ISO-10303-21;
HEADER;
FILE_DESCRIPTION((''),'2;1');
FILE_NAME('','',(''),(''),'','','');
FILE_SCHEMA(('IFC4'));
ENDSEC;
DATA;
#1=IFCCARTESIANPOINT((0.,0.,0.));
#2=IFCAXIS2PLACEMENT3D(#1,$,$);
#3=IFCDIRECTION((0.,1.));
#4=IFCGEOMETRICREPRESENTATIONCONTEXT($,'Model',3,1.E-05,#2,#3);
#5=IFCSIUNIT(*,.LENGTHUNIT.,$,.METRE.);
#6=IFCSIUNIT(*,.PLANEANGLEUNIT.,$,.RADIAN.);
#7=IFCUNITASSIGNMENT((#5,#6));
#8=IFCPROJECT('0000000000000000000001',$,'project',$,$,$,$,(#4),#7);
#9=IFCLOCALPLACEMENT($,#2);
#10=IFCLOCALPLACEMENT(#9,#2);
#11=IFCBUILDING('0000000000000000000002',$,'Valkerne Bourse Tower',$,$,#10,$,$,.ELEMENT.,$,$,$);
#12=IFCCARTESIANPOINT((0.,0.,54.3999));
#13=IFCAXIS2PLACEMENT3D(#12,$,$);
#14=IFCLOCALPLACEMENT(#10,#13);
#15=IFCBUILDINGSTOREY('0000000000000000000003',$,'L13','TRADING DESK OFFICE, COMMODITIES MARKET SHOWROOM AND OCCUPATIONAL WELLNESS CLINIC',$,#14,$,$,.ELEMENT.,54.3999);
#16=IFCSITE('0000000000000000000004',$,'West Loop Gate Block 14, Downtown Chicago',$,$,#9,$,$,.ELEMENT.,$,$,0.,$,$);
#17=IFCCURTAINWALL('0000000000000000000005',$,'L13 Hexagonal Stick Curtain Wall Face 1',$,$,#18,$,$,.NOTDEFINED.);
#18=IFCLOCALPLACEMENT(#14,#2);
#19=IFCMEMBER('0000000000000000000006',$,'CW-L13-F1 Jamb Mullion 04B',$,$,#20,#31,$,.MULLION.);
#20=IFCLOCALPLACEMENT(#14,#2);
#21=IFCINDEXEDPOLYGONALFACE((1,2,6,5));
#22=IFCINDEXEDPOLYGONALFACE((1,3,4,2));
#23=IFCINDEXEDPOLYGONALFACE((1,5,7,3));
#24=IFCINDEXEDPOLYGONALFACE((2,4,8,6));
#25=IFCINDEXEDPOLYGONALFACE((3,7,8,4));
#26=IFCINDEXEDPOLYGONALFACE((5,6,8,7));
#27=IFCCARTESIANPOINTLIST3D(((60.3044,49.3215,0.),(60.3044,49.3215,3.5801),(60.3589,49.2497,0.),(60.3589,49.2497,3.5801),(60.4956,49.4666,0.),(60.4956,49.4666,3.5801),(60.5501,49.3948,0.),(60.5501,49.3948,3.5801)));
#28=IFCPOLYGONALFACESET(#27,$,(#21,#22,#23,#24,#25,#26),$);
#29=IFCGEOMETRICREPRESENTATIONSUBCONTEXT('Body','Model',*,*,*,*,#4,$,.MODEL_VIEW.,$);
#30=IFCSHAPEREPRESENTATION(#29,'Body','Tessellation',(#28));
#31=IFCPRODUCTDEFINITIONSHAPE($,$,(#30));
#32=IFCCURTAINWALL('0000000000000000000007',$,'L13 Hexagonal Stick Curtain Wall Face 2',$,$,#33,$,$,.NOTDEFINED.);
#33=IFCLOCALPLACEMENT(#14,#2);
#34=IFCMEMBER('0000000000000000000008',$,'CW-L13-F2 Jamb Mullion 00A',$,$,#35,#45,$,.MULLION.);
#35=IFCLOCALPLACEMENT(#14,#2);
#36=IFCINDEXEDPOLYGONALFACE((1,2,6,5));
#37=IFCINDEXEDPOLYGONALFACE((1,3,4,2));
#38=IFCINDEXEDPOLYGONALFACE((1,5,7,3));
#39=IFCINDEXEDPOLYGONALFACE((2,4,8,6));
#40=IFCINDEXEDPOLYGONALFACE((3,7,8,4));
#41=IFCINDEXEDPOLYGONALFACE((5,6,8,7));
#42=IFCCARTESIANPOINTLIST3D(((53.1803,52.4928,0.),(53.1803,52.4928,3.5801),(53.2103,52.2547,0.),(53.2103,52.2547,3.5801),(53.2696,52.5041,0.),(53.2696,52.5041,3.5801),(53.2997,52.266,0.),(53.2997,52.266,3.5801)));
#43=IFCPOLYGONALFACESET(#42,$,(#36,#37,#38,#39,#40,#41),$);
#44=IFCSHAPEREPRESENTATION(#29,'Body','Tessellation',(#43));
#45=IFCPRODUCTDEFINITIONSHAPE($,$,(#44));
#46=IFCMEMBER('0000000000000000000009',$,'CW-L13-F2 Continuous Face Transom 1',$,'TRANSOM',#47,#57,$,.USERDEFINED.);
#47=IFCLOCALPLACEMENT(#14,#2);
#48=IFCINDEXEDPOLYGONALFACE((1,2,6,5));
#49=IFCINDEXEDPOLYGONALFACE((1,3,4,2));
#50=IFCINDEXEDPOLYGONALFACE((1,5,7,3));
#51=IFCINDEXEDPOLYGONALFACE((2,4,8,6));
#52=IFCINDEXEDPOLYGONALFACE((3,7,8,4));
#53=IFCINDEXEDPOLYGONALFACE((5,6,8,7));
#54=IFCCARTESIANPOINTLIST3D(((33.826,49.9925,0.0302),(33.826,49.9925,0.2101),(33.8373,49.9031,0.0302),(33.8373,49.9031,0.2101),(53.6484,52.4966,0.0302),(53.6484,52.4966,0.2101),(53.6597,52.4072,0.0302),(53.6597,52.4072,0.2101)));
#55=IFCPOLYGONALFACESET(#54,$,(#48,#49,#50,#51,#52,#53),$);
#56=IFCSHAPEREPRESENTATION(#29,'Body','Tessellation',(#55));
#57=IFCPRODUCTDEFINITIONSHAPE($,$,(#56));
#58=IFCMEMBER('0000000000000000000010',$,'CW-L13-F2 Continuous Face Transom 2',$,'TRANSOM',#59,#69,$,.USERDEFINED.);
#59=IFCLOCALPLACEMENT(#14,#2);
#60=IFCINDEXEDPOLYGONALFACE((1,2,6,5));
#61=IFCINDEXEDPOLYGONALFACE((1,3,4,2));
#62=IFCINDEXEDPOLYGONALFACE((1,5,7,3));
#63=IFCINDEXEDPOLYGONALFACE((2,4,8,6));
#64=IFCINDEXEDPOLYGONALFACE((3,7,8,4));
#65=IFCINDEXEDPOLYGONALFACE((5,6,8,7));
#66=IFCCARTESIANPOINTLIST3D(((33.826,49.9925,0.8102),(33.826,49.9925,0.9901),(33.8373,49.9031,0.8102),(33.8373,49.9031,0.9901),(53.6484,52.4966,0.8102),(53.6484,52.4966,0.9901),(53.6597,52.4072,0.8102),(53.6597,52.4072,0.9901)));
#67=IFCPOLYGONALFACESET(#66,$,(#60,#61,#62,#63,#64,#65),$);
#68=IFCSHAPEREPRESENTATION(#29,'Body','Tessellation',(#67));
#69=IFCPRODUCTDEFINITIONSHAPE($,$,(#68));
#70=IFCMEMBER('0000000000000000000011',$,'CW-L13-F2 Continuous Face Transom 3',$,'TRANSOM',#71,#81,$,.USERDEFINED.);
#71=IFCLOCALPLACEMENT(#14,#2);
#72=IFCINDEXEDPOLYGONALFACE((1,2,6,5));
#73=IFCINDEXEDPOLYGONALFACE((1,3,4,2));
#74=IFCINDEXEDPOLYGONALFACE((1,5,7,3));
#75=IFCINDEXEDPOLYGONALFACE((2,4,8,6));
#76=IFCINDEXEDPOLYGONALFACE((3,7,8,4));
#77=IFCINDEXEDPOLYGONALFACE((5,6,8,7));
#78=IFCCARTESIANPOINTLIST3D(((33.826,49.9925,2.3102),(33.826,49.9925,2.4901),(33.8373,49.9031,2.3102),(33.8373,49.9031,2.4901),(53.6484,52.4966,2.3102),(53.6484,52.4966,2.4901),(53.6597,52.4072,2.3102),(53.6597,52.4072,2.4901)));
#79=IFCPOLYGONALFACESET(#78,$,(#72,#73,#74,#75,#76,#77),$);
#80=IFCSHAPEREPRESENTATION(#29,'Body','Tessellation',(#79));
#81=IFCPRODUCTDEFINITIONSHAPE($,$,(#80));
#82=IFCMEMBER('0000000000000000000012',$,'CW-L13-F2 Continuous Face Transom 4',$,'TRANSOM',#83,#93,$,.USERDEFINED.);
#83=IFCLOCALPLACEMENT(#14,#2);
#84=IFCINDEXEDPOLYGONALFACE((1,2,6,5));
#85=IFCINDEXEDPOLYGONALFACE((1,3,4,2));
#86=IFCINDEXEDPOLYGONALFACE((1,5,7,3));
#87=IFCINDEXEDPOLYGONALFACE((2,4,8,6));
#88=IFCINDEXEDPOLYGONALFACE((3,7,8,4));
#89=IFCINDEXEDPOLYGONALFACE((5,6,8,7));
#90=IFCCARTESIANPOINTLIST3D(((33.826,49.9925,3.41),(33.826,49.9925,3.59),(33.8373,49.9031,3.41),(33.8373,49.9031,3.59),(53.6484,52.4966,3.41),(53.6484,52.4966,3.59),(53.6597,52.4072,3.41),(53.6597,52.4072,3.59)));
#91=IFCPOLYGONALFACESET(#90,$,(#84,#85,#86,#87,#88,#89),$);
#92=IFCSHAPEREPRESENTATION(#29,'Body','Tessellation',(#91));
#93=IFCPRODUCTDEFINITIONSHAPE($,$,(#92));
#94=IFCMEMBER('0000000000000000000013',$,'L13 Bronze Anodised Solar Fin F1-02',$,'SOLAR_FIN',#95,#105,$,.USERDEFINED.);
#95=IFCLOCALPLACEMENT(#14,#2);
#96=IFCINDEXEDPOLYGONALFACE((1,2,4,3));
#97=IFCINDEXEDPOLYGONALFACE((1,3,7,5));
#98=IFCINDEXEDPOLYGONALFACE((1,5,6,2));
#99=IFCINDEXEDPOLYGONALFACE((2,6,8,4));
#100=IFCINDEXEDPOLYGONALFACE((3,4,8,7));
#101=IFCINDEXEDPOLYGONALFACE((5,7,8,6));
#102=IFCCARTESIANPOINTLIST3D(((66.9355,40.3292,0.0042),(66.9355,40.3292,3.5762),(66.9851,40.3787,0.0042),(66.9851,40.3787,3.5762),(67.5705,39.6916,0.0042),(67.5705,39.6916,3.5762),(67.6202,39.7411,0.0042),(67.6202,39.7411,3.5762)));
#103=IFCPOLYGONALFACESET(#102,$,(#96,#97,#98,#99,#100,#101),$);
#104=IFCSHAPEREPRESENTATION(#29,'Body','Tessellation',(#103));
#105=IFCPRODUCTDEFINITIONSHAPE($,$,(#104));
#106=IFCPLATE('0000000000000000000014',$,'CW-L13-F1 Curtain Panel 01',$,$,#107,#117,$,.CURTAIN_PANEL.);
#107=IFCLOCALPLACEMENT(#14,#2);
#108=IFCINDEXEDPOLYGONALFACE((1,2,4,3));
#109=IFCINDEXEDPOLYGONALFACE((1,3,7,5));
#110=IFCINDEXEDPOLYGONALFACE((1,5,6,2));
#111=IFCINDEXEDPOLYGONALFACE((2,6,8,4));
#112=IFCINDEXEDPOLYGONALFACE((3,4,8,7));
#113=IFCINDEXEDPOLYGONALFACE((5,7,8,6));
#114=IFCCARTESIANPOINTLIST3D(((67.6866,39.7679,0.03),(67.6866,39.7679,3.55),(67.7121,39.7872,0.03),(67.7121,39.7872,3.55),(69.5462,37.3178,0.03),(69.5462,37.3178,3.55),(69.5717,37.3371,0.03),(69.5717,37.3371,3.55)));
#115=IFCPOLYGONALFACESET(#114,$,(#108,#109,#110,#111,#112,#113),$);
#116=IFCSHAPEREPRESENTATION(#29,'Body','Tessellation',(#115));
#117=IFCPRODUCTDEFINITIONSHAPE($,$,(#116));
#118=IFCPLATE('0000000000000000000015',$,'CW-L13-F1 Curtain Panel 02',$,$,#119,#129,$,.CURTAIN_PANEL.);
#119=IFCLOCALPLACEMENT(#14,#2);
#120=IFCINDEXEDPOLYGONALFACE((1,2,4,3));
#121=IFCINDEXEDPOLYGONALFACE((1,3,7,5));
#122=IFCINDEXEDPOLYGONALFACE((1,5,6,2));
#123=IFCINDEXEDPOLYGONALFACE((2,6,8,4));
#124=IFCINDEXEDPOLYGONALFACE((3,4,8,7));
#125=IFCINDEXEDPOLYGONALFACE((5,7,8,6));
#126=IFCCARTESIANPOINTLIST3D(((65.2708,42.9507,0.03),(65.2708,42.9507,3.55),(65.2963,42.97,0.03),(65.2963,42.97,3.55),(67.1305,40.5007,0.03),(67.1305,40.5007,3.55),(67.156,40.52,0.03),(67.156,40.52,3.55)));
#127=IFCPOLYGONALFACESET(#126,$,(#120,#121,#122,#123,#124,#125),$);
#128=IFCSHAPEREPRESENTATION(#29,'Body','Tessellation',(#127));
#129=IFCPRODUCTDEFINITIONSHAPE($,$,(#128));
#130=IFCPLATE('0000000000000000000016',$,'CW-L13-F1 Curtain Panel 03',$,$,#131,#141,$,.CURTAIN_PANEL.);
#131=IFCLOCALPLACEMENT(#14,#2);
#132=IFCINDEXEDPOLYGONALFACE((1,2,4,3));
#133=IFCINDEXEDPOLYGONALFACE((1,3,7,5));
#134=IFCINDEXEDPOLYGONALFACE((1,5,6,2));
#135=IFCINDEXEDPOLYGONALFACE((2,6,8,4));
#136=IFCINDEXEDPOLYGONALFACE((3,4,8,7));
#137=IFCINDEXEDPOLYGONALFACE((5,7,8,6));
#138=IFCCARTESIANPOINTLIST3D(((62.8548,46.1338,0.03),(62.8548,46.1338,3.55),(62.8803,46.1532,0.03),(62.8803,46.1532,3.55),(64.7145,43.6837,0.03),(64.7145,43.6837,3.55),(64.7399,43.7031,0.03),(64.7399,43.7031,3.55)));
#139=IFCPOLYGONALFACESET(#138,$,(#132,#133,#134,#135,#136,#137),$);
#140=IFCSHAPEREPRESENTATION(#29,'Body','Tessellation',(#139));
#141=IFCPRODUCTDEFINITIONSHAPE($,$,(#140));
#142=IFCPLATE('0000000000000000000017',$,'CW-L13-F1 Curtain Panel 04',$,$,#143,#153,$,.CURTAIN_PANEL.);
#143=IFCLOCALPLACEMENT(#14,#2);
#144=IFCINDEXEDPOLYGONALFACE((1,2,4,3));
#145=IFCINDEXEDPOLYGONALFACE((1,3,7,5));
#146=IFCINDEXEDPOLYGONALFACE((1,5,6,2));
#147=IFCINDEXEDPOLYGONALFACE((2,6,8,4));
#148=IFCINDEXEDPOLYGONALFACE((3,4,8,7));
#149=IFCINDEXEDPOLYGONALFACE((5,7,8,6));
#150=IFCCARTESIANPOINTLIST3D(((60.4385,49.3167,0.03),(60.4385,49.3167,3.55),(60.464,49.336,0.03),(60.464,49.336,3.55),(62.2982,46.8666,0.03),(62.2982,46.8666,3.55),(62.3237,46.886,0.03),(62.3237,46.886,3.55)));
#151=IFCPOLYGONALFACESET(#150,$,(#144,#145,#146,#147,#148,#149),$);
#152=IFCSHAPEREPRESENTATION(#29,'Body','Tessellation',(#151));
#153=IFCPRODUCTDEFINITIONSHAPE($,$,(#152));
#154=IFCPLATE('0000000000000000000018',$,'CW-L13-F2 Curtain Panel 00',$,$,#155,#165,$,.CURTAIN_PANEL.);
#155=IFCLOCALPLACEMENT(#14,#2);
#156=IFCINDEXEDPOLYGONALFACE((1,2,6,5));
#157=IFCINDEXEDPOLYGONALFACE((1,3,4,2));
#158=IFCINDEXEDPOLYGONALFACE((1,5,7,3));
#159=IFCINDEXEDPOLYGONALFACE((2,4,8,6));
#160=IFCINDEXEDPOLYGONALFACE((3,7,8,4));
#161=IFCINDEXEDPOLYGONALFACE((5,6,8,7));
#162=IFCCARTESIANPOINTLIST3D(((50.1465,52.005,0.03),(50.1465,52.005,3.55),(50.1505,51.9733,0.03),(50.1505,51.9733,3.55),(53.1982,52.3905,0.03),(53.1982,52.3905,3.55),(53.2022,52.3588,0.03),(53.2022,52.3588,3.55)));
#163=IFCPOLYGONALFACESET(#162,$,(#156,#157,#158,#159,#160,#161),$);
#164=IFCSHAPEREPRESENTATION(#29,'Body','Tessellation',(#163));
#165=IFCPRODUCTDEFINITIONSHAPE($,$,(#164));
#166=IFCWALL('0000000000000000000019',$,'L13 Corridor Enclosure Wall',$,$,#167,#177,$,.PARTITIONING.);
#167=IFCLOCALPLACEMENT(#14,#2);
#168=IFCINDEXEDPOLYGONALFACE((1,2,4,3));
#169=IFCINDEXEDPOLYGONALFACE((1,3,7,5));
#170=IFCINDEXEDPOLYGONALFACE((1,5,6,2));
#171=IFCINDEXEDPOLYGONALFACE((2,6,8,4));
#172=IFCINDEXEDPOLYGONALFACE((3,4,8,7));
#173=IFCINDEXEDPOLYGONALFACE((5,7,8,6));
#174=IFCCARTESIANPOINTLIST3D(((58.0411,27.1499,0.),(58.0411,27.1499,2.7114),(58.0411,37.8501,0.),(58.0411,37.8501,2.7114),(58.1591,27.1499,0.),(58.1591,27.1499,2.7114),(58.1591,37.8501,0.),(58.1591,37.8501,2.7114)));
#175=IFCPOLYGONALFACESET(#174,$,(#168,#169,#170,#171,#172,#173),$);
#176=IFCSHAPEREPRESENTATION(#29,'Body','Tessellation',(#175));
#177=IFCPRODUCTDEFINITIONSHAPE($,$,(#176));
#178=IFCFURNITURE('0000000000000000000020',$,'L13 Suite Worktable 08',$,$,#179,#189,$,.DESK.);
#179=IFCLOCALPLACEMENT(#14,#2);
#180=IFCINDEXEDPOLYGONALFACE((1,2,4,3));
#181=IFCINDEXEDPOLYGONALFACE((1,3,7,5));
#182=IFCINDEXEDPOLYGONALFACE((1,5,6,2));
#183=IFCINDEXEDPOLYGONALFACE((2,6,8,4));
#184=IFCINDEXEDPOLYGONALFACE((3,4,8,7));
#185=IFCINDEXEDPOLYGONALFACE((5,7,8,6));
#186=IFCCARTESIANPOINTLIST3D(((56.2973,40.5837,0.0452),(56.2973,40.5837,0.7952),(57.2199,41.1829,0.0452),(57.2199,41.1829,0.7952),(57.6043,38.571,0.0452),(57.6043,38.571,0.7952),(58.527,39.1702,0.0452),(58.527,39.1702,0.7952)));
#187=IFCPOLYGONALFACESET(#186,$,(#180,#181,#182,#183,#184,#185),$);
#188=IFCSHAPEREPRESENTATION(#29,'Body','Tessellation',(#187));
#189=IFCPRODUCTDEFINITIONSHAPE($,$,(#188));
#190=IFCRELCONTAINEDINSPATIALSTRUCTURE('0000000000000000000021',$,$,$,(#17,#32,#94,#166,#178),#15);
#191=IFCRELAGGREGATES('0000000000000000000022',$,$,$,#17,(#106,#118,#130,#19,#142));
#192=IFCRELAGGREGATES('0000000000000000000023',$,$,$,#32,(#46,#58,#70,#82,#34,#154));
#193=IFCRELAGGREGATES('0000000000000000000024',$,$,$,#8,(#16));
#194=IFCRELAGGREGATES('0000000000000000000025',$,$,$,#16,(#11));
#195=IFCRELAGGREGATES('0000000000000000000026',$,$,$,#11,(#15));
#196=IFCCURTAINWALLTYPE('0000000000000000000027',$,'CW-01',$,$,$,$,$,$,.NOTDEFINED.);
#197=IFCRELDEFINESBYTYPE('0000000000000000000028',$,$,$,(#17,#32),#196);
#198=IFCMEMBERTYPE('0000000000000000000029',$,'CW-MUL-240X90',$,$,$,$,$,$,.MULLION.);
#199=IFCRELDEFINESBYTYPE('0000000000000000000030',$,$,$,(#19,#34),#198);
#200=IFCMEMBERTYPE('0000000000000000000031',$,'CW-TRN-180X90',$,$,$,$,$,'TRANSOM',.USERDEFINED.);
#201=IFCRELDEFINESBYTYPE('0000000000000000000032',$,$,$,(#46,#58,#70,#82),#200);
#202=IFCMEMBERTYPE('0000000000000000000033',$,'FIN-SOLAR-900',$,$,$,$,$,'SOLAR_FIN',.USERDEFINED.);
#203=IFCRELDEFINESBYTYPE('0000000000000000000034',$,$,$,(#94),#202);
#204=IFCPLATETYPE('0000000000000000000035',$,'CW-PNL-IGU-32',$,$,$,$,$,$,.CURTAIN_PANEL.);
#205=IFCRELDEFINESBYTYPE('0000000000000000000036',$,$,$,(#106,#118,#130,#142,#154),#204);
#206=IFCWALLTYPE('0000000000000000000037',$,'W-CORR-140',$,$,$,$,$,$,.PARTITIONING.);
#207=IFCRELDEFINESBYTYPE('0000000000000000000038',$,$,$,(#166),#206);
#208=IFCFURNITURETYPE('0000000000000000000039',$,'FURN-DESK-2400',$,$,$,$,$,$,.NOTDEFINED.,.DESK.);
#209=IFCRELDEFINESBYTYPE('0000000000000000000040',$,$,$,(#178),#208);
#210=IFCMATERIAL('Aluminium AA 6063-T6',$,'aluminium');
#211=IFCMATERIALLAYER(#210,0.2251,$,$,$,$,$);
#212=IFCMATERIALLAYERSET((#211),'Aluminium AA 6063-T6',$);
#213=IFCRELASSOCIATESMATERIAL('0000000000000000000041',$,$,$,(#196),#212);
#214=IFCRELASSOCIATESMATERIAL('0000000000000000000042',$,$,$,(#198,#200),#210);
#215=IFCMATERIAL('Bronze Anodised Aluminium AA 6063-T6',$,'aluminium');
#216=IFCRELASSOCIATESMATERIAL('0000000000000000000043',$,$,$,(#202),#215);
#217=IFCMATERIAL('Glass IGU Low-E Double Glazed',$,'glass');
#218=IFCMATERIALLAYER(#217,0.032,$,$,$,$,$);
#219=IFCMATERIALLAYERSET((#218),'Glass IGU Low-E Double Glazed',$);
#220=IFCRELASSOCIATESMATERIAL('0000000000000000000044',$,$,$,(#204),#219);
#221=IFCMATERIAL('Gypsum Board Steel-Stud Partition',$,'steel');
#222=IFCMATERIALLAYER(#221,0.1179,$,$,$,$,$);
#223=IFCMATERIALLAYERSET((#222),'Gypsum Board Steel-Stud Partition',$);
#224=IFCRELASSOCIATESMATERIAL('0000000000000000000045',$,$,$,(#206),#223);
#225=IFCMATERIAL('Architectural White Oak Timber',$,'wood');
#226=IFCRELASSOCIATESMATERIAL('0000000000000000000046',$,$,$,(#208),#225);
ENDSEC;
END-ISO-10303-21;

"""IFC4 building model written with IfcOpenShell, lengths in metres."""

from ifc_helpers import new_model, si_unit, direction, frame, frame_2d, origin, origin_2d, place, context, subcontext, project, spatial, rectangle, extrude, material, layer, layer_set, material_profile, profile_set, type_object, element, aggregate, save


model = new_model("IFC4")

# Units and contexts
model_context = context("Model", 3, precision=1e-05, world=origin(), true_north=direction((0.0, 1.0)))
body_context = subcontext(model_context, "Body", "Model", "MODEL_VIEW")
ifc_project = project(units=[si_unit("LENGTHUNIT", "METRE"), si_unit("PLANEANGLEUNIT", "RADIAN")], contexts=[model_context])

# Site, building, storey
site_placement = place(None, origin())
site = spatial("IfcSite", under=ifc_project, at=site_placement, Name="West Loop Gate Block 14, Downtown Chicago", CompositionType="ELEMENT", RefElevation=0.0)
building_placement = place(site_placement, origin())
building = spatial("IfcBuilding", under=site, at=building_placement, Name="Valkerne Bourse Tower", CompositionType="ELEMENT")
storey_placement = place(building_placement, frame((0.0, 0.0, 54.3999)))
storey = spatial("IfcBuildingStorey", under=building, at=storey_placement, Name="L13", Description="TRADING DESK OFFICE, COMMODITIES MARKET SHOWROOM AND OCCUPATIONAL WELLNESS CLINIC", CompositionType="ELEMENT", Elevation=54.3999)

# Curtain walls, members
ifc_material_1 = material(Name="Aluminium AA 6063-T6", Category="aluminium")
ifc_layer_1 = layer(ifc_material_1, 0.2251)
ifc_layer_set_1 = layer_set([ifc_layer_1], Name="Aluminium AA 6063-T6")
curtain_wall_type = type_object("IfcCurtainWallType", Name="CW-01", PredefinedType="NOTDEFINED", material=ifc_layer_set_1)
curtain_wall_1_placement = place(storey_placement, origin())
curtain_wall_1 = element("IfcCurtainWall", 1, at=curtain_wall_1_placement, inside=storey, type_object=curtain_wall_type, Name="L13 Hexagonal Stick Curtain Wall Face 1", PredefinedType="NOTDEFINED")
ifc_material_profile_1 = material_profile(ifc_material_1, rectangle(XDim=0.0901, YDim=0.24, at=origin_2d()), Name="CWM-90X240")
ifc_profile_set_1 = profile_set([ifc_material_profile_1], Name="Aluminium AA 6063-T6")
member_type_1 = type_object("IfcMemberType", Name="CW-MUL-240X90", PredefinedType="MULLION", material=ifc_profile_set_1)
member_1_placement = place(storey_placement, frame((60.4272, 49.3582, 0.0), z_axis=(0.0, 0.0, 1.0), x_axis=(-0.604607, 0.796524, 0.0)))
member_1 = element("IfcMember", 2, at=member_1_placement, type_object=member_type_1, Name="CW-L13-F1 Jamb Mullion 04B", PredefinedType="MULLION", context=body_context, shape_type="SweptSolid", body=[
    extrude(rectangle(XDim=0.0901, YDim=0.24, at=origin_2d()), origin(), (0.0, 0.0, 1.0), 3.5801),
])
curtain_wall_2_placement = place(storey_placement, origin())
curtain_wall_2 = element("IfcCurtainWall", 3, at=curtain_wall_2_placement, inside=storey, type_object=curtain_wall_type, Name="L13 Hexagonal Stick Curtain Wall Face 2", PredefinedType="NOTDEFINED")
member_2_placement = place(storey_placement, frame((53.24, 52.3794, 0.0), z_axis=(0.0, 0.0, 1.0), x_axis=(-0.992116, -0.125325, 0.0)))
member_2 = element("IfcMember", 4, at=member_2_placement, type_object=member_type_1, Name="CW-L13-F2 Jamb Mullion 00A", PredefinedType="MULLION", context=body_context, shape_type="SweptSolid", body=[
    extrude(rectangle(XDim=0.0901, YDim=0.24, at=origin_2d()), origin(), (0.0, 0.0, 1.0), 3.5801),
])
ifc_material_profile_2 = material_profile(ifc_material_1, rectangle(XDim=0.0901, YDim=0.1799, at=origin_2d()), Name="CWT-90X180")
ifc_profile_set_2 = profile_set([ifc_material_profile_2], Name="Aluminium AA 6063-T6")
member_type_2 = type_object("IfcMemberType", Name="CW-TRN-180X90", ElementType="TRANSOM", PredefinedType="USERDEFINED", material=ifc_profile_set_2)
member_3_placement = place(storey_placement, frame((53.6541, 52.4519, 0.1201), z_axis=(-0.992115, -0.125332, 0.0), x_axis=(0.125332, -0.992115, 0.0)))
member_3 = element("IfcMember", 5, at=member_3_placement, type_object=member_type_2, Name="CW-L13-F2 Continuous Face Transom 1", ObjectType="TRANSOM", PredefinedType="USERDEFINED", context=body_context, shape_type="SweptSolid", body=[
    extrude(rectangle(XDim=0.0901, YDim=0.1799, at=origin_2d()), origin(), (0.0, 0.0, 1.0), 19.98),
])
member_4_placement = place(storey_placement, frame((53.6541, 52.4519, 0.9001), z_axis=(-0.992115, -0.125332, 0.0), x_axis=(0.125332, -0.992115, 0.0)))
member_4 = element("IfcMember", 6, at=member_4_placement, type_object=member_type_2, Name="CW-L13-F2 Continuous Face Transom 2", ObjectType="TRANSOM", PredefinedType="USERDEFINED", context=body_context, shape_type="SweptSolid", body=[
    extrude(rectangle(XDim=0.0901, YDim=0.1799, at=origin_2d()), origin(), (0.0, 0.0, 1.0), 19.98),
])
member_5_placement = place(storey_placement, frame((53.6541, 52.4519, 2.4001), z_axis=(-0.992115, -0.125332, 0.0), x_axis=(0.125332, -0.992115, 0.0)))
member_5 = element("IfcMember", 7, at=member_5_placement, type_object=member_type_2, Name="CW-L13-F2 Continuous Face Transom 3", ObjectType="TRANSOM", PredefinedType="USERDEFINED", context=body_context, shape_type="SweptSolid", body=[
    extrude(rectangle(XDim=0.0901, YDim=0.1799, at=origin_2d()), origin(), (0.0, 0.0, 1.0), 19.98),
])
member_6_placement = place(storey_placement, frame((53.6541, 52.4519, 3.5), z_axis=(-0.992115, -0.125332, 0.0), x_axis=(0.125332, -0.992115, 0.0)))
member_6 = element("IfcMember", 8, at=member_6_placement, type_object=member_type_2, Name="CW-L13-F2 Continuous Face Transom 4", ObjectType="TRANSOM", PredefinedType="USERDEFINED", context=body_context, shape_type="SweptSolid", body=[
    extrude(rectangle(XDim=0.0901, YDim=0.1799, at=origin_2d()), origin(), (0.0, 0.0, 1.0), 19.98),
])

# Member
ifc_material_2 = material(Name="Bronze Anodised Aluminium AA 6063-T6", Category="aluminium")
ifc_material_profile_3 = material_profile(ifc_material_2, rectangle(XDim=0.0701, YDim=0.8999, at=origin_2d()), Name="FIN-70X900")
ifc_profile_set_3 = profile_set([ifc_material_profile_3], Name="Bronze Anodised Aluminium AA 6063-T6")
member_type_3 = type_object("IfcMemberType", Name="FIN-SOLAR-900", ElementType="SOLAR_FIN", PredefinedType="USERDEFINED", material=ifc_profile_set_3)
member_7_placement = place(storey_placement, frame((67.2778, 40.0352, 0.0042), z_axis=(0.0, 0.0, 1.0), x_axis=(0.708503, 0.705708, 0.0)))
element("IfcMember", 9, at=member_7_placement, inside=storey, type_object=member_type_3, Name="L13 Bronze Anodised Solar Fin F1-02", ObjectType="SOLAR_FIN", PredefinedType="USERDEFINED", context=body_context, shape_type="SweptSolid", body=[
    extrude(rectangle(XDim=0.0701, YDim=0.8999, at=origin_2d()), origin(), (0.0, 0.0, 1.0), 3.572),
])

# Plates
ifc_material_3 = material(Name="Glass IGU Low-E Double Glazed", Category="glass")
ifc_layer_2 = layer(ifc_material_3, 0.032)
ifc_layer_set_2 = layer_set([ifc_layer_2], Name="Glass IGU Low-E Double Glazed")
plate_type = type_object("IfcPlateType", Name="CW-PNL-IGU-32", PredefinedType="CURTAIN_PANEL", material=ifc_layer_set_2)
plate_1_placement = place(storey_placement, frame((68.6292, 38.5525, 0.03), z_axis=(0.0, 0.0, 1.0), x_axis=(-0.604579, 0.796545, 0.0)))
plate_1 = element("IfcPlate", 10, at=plate_1_placement, type_object=plate_type, Name="CW-L13-F1 Curtain Panel 01", PredefinedType="CURTAIN_PANEL", context=body_context, shape_type="SweptSolid", body=[
    extrude(rectangle(XDim=3.0759, YDim=0.032, at=origin_2d()), origin(), (0.0, 0.0, 1.0), 3.52),
])
plate_2_placement = place(storey_placement, frame((66.2134, 41.7354, 0.03), z_axis=(0.0, 0.0, 1.0), x_axis=(-0.604607, 0.796524, 0.0)))
plate_2 = element("IfcPlate", 11, at=plate_2_placement, type_object=plate_type, Name="CW-L13-F1 Curtain Panel 02", PredefinedType="CURTAIN_PANEL", context=body_context, shape_type="SweptSolid", body=[
    extrude(rectangle(XDim=3.0759, YDim=0.032, at=origin_2d()), origin(), (0.0, 0.0, 1.0), 3.52),
])
plate_3_placement = place(storey_placement, frame((63.7974, 44.9185, 0.03), z_axis=(0.0, 0.0, 1.0), x_axis=(-0.604595, 0.796533, 0.0)))
plate_3 = element("IfcPlate", 12, at=plate_3_placement, type_object=plate_type, Name="CW-L13-F1 Curtain Panel 03", PredefinedType="CURTAIN_PANEL", context=body_context, shape_type="SweptSolid", body=[
    extrude(rectangle(XDim=3.0759, YDim=0.032, at=origin_2d()), origin(), (0.0, 0.0, 1.0), 3.52),
])
plate_4_placement = place(storey_placement, frame((61.3811, 48.1013, 0.03), z_axis=(0.0, 0.0, 1.0), x_axis=(-0.604607, 0.796524, 0.0)))
plate_4 = element("IfcPlate", 13, at=plate_4_placement, type_object=plate_type, Name="CW-L13-F1 Curtain Panel 04", PredefinedType="CURTAIN_PANEL", context=body_context, shape_type="SweptSolid", body=[
    extrude(rectangle(XDim=3.0759, YDim=0.032, at=origin_2d()), origin(), (0.0, 0.0, 1.0), 3.52),
])
aggregate(curtain_wall_1, [plate_1, plate_2, plate_3, member_1, plate_4])
plate_5_placement = place(storey_placement, frame((51.6743, 52.1819, 0.03), z_axis=(0.0, 0.0, 1.0), x_axis=(-0.992116, -0.125325, 0.0)))
plate_5 = element("IfcPlate", 14, at=plate_5_placement, type_object=plate_type, Name="CW-L13-F2 Curtain Panel 00", PredefinedType="CURTAIN_PANEL", context=body_context, shape_type="SweptSolid", body=[
    extrude(rectangle(XDim=3.0759, YDim=0.032, at=origin_2d()), origin(), (0.0, 0.0, 1.0), 3.52),
])
aggregate(curtain_wall_2, [member_3, member_4, member_5, member_6, member_2, plate_5])

# Wall
ifc_material_4 = material(Name="Gypsum Board Steel-Stud Partition", Category="steel")
ifc_layer_3 = layer(ifc_material_4, 0.1179)
ifc_layer_set_3 = layer_set([ifc_layer_3], Name="Gypsum Board Steel-Stud Partition")
wall_type = type_object("IfcWallType", Name="W-CORR-140", PredefinedType="PARTITIONING", material=ifc_layer_set_3)
wall_placement = place(storey_placement, frame((58.1001, 37.8501, 0.0), z_axis=(0.0, 0.0, 1.0), x_axis=(0.0, -1.0, 0.0)))
element("IfcWall", 15, at=wall_placement, inside=storey, type_object=wall_type, Name="L13 Corridor Enclosure Wall", PredefinedType="PARTITIONING", context=body_context, shape_type="SweptSolid", body=[
    extrude(rectangle(XDim=10.7002, YDim=0.1179, at=frame_2d((5.3501, 0.0))), origin(), (0.0, 0.0, 1.0), 2.7114),
])

# Furniture
ifc_material_5 = material(Name="Architectural White Oak Timber", Category="wood")
furniture_type = type_object("IfcFurnitureType", Name="FURN-DESK-2400", AssemblyPlace="NOTDEFINED", PredefinedType="DESK", material=ifc_material_5)
furniture_placement = place(storey_placement, frame((57.4121, 39.877, 0.0452), z_axis=(0.0, 0.0, 1.0), x_axis=(-0.544639, 0.838671, 0.0)))
element("IfcFurniture", 16, at=furniture_placement, inside=storey, type_object=furniture_type, Name="L13 Suite Worktable 08", PredefinedType="DESK", context=body_context, shape_type="SweptSolid", body=[
    extrude(rectangle(XDim=2.3999, YDim=1.1001, at=origin_2d()), origin(), (0.0, 0.0, 1.0), 0.75),
])

save(model, "model.ifc")
